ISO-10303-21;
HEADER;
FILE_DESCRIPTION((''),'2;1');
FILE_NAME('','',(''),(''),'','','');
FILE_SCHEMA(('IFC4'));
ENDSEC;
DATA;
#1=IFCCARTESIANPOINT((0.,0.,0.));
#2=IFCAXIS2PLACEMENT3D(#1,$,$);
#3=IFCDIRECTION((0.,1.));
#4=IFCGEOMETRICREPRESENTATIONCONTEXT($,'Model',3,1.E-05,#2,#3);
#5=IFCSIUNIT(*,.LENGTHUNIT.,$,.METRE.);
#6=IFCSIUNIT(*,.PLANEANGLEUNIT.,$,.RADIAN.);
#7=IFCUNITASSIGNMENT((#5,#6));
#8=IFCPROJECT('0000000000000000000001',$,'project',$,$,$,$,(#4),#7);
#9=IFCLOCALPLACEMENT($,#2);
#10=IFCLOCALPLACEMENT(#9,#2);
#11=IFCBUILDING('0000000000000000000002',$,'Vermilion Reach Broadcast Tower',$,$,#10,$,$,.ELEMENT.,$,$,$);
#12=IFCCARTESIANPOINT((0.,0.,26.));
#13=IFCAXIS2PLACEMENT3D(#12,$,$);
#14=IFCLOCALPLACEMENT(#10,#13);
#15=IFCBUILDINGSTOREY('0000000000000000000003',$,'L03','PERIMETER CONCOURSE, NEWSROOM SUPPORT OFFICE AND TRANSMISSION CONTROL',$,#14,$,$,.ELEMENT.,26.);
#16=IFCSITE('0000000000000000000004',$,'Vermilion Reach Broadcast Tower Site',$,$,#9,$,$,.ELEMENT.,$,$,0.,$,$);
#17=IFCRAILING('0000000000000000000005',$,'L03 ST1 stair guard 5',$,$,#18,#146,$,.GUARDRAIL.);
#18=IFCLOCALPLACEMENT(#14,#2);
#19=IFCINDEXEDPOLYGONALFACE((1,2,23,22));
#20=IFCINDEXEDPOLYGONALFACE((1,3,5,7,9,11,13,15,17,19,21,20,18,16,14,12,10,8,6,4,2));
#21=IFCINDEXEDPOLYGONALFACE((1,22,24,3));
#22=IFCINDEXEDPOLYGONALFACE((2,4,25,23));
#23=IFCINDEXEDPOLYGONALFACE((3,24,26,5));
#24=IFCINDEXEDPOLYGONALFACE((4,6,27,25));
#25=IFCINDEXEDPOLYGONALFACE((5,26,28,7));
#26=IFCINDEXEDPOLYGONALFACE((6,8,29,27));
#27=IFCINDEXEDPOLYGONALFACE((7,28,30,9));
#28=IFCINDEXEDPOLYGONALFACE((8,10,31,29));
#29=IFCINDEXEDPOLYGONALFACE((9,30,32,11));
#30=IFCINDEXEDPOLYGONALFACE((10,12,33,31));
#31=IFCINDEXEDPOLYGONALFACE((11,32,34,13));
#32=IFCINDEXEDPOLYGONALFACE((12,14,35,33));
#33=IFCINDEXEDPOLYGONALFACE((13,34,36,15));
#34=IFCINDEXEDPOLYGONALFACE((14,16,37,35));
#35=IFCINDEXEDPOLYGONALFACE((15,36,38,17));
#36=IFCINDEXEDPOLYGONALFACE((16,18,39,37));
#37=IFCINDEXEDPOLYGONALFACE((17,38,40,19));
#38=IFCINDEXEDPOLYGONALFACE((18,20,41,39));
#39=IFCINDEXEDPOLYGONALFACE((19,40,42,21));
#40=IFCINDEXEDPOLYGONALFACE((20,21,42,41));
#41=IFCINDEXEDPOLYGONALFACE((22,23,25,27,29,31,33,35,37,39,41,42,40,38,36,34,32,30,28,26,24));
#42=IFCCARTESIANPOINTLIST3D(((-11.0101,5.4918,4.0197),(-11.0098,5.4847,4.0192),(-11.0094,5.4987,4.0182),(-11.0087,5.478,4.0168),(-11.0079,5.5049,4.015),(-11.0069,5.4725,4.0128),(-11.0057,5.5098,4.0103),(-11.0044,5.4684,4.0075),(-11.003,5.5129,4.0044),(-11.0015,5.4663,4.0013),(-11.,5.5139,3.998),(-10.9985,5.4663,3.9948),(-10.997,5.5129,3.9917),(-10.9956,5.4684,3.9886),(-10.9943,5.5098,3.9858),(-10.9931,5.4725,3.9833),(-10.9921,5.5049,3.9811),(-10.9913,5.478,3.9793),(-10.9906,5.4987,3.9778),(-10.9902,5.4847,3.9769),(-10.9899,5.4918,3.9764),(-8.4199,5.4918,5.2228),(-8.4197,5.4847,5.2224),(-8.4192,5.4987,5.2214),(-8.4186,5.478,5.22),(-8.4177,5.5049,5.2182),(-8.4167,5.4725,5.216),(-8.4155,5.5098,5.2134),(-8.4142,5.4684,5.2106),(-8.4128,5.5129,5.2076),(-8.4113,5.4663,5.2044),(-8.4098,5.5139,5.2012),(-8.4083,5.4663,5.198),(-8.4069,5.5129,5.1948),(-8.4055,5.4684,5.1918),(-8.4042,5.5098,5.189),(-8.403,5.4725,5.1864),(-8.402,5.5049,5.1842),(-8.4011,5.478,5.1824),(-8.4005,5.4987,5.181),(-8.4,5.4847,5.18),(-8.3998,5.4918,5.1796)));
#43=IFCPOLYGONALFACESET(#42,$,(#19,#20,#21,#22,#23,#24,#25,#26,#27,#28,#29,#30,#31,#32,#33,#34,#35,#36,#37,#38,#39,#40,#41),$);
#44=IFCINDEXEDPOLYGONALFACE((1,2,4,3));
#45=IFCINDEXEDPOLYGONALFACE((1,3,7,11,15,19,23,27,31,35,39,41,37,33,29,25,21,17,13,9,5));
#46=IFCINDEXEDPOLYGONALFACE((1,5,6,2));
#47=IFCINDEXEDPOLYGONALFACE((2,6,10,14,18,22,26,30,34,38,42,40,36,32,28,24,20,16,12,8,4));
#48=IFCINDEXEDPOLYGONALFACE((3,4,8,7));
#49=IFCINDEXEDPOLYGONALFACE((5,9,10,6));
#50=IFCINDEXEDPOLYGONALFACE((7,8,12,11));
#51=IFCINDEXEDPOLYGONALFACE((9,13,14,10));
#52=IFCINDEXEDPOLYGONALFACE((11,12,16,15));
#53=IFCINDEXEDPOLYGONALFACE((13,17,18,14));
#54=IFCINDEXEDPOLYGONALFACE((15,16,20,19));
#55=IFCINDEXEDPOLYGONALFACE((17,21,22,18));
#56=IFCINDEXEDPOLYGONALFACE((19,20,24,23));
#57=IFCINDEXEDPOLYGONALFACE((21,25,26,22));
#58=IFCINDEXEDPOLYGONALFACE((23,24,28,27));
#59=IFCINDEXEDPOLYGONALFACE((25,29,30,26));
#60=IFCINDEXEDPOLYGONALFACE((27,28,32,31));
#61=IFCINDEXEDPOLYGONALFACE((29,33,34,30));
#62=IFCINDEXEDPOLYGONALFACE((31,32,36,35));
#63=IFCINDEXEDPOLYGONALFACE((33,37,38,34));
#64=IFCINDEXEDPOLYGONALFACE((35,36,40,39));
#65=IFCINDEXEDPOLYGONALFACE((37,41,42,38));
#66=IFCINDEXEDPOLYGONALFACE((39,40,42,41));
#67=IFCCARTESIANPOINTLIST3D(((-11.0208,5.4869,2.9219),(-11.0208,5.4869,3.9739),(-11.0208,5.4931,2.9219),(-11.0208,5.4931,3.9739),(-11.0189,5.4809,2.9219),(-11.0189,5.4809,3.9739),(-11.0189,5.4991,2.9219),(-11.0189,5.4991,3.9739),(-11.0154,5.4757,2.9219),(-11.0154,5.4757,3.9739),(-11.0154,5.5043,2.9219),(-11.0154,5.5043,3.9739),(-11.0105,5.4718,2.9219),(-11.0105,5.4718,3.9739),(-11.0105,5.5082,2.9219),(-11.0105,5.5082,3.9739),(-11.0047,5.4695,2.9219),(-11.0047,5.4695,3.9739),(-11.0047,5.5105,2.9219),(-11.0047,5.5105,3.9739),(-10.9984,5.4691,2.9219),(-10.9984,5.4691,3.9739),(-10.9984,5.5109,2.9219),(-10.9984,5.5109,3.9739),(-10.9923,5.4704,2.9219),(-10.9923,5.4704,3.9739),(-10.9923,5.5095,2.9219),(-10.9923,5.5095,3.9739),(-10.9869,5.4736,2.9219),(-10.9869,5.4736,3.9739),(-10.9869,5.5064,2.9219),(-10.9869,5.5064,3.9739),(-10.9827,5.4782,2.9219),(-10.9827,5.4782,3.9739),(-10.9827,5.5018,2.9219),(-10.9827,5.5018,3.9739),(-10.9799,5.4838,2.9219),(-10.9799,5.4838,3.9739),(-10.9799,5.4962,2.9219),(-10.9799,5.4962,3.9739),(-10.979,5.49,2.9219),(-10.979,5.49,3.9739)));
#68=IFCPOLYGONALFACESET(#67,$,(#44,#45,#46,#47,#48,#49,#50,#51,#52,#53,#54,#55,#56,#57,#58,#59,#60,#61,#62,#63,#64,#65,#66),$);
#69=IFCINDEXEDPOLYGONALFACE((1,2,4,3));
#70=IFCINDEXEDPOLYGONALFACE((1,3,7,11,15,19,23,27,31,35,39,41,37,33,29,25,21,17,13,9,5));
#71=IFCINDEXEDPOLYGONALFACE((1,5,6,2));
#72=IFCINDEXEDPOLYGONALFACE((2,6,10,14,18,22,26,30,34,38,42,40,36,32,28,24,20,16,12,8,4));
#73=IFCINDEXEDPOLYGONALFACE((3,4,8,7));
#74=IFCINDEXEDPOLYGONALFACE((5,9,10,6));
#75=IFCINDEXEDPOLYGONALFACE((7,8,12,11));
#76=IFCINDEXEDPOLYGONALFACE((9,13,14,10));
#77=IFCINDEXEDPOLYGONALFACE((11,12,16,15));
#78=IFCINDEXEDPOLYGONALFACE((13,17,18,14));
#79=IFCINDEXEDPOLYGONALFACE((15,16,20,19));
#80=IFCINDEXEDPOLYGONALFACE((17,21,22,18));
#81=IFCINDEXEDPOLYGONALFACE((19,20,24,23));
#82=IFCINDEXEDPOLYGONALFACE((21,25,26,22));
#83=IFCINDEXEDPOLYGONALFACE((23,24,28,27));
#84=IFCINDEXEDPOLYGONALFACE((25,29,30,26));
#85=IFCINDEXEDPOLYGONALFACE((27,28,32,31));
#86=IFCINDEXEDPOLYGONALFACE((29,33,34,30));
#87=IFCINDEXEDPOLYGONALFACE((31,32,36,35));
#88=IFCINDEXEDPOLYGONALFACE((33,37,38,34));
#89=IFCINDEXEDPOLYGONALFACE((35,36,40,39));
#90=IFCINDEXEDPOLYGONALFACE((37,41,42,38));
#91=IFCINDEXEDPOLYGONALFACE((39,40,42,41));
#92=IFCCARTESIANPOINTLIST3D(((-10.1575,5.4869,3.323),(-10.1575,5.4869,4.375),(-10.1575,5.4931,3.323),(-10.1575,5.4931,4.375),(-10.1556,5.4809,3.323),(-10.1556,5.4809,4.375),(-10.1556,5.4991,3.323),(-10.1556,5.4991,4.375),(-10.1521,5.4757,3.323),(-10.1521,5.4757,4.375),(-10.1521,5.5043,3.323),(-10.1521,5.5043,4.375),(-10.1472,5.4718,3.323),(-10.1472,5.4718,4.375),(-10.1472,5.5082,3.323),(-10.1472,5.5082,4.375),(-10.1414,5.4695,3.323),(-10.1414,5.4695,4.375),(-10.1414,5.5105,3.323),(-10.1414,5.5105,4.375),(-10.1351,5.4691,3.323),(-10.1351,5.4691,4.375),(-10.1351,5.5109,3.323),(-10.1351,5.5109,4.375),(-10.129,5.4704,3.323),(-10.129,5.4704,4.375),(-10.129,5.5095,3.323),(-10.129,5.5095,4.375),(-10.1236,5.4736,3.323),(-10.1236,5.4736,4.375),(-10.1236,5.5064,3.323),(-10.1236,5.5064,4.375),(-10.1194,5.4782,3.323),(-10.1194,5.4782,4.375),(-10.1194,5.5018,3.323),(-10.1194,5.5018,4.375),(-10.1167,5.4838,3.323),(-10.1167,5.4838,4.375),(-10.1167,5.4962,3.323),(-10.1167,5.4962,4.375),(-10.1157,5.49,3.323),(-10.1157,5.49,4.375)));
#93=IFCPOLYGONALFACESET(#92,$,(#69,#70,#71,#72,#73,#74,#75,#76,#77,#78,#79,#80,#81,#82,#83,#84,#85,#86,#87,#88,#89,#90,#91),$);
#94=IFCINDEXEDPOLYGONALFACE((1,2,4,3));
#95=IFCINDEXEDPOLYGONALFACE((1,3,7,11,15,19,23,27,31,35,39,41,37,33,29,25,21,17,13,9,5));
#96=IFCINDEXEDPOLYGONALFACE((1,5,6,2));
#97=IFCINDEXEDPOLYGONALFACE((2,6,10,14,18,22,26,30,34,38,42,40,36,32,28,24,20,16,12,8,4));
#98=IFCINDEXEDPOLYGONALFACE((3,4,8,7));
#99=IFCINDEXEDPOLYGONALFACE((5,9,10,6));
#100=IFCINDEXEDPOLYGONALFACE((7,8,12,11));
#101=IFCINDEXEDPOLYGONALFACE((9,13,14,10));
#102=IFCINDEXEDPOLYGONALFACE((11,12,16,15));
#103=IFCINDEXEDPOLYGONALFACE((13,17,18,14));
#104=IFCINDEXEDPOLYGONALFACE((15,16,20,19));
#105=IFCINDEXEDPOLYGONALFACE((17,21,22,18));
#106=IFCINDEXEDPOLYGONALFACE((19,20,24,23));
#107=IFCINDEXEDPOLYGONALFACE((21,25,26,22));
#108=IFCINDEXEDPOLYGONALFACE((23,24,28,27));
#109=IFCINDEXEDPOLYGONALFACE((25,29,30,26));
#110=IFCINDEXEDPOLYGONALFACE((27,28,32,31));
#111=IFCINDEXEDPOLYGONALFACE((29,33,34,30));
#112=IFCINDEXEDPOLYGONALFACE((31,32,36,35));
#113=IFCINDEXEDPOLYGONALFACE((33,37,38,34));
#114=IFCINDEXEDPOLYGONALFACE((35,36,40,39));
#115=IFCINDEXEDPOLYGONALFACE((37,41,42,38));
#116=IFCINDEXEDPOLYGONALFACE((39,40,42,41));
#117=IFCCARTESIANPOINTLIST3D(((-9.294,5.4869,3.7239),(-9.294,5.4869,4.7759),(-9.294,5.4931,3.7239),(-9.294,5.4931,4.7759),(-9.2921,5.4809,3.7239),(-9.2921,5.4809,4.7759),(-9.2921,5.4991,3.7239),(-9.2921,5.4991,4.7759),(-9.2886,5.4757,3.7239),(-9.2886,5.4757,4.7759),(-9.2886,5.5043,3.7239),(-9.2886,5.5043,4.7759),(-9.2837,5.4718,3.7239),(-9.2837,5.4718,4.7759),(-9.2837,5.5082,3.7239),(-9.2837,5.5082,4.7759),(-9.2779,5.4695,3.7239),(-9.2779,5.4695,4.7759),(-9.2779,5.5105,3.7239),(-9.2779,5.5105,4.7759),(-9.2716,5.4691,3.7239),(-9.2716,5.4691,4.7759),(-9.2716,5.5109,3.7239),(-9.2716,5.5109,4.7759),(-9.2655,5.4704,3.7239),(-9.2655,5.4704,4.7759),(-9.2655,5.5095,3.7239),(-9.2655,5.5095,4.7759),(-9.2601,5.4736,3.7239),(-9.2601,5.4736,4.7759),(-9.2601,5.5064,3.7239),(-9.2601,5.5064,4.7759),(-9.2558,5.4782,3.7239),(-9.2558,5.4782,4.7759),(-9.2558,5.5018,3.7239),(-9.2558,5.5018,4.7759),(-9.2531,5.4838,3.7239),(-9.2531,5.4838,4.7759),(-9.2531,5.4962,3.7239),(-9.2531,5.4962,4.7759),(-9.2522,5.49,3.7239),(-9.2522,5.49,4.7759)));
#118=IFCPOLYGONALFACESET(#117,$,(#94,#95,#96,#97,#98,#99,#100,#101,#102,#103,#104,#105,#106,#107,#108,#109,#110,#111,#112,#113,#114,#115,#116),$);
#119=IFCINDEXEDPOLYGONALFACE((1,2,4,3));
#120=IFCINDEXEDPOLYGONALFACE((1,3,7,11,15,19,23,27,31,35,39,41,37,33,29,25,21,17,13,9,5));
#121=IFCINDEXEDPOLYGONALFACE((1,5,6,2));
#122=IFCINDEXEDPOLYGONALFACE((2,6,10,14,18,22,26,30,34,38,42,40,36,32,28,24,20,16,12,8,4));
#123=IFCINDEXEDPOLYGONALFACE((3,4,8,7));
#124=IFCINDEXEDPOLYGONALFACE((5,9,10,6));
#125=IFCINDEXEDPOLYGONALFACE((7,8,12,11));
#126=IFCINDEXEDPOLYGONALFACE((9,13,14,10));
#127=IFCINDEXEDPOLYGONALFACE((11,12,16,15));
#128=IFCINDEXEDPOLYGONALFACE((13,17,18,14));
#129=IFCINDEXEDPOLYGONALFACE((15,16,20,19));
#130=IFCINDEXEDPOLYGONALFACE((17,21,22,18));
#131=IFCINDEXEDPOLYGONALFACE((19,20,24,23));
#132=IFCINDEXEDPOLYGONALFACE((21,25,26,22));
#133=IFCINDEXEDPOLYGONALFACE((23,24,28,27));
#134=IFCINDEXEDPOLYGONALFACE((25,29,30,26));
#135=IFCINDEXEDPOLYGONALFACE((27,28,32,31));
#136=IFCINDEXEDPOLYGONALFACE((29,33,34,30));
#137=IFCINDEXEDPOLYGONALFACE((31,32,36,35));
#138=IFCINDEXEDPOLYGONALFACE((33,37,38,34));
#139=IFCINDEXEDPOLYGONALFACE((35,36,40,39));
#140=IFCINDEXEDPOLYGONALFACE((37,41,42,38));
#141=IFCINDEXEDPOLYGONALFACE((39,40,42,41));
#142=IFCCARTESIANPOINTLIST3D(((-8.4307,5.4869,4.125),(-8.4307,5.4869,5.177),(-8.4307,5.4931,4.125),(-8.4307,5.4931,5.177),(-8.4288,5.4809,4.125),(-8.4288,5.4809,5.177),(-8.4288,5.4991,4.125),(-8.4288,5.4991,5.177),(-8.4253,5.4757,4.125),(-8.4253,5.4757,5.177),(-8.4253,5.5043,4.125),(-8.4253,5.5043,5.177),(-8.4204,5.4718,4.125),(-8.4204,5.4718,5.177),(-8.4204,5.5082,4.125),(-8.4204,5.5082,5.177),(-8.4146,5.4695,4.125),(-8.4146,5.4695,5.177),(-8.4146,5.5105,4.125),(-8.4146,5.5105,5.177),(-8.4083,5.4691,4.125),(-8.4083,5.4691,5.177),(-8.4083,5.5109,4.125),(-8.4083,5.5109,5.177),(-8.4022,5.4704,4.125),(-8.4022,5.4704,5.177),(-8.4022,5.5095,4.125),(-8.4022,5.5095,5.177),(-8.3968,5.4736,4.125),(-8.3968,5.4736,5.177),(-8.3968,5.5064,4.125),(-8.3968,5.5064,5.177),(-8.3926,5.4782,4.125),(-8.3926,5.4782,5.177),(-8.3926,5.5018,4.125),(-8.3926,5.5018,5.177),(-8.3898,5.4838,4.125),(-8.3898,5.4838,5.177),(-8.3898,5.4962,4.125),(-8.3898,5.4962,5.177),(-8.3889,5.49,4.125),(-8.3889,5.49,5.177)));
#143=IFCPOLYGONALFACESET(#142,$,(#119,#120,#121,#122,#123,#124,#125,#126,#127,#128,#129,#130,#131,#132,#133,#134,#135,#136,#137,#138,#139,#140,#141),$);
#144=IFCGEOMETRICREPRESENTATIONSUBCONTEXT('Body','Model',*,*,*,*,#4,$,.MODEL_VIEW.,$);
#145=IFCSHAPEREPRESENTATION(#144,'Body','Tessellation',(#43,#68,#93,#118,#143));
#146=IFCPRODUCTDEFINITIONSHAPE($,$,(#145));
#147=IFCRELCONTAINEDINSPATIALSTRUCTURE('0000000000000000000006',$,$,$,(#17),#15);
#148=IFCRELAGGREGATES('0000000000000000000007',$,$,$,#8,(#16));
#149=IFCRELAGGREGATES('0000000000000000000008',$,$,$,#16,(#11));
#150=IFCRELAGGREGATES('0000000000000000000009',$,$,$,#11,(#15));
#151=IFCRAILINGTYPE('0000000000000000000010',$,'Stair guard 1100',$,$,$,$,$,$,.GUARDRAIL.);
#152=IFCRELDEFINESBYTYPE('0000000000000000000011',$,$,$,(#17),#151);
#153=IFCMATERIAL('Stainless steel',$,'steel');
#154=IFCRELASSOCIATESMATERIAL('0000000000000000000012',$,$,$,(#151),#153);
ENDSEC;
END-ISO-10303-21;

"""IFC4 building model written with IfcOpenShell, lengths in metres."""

from ifc_helpers import new_model, si_unit, direction, frame, origin, origin_2d, place, context, subcontext, project, spatial, circle, extrude, material, type_object, element, save


model = new_model("IFC4")

# Units and contexts
model_context = context("Model", 3, precision=1e-05, world=origin(), true_north=direction((0.0, 1.0)))
body_context = subcontext(model_context, "Body", "Model", "MODEL_VIEW")
ifc_project = project(units=[si_unit("LENGTHUNIT", "METRE"), si_unit("PLANEANGLEUNIT", "RADIAN")], contexts=[model_context])

# Site, building, storey
site_placement = place(None, origin())
site = spatial("IfcSite", under=ifc_project, at=site_placement, Name="Vermilion Reach Broadcast Tower Site", CompositionType="ELEMENT", RefElevation=0.0)
building_placement = place(site_placement, origin())
building = spatial("IfcBuilding", under=site, at=building_placement, Name="Vermilion Reach Broadcast Tower", CompositionType="ELEMENT")
storey_placement = place(building_placement, frame((0.0, 0.0, 26.0)))
storey = spatial("IfcBuildingStorey", under=building, at=storey_placement, Name="L03", Description="PERIMETER CONCOURSE, NEWSROOM SUPPORT OFFICE AND TRANSMISSION CONTROL", CompositionType="ELEMENT", Elevation=26.0)

# Railing
ifc_material_1 = material(Name="Stainless steel", Category="steel")
railing_type_1 = type_object("IfcRailingType", Name="Stair guard 1100", PredefinedType="GUARDRAIL", material=ifc_material_1)
railing_1_placement = place(storey_placement, frame((-11.0, 5.49, 2.9219)))
element("IfcRailing", 1, at=railing_1_placement, inside=storey, type_object=railing_type_1, Name="L03 ST1 stair guard 5", PredefinedType="GUARDRAIL", context=body_context, shape_type="SweptSolid", body=[
    extrude(circle(Radius=0.0239, at=origin_2d()), frame((0.0, 0.0, 1.0762), z_axis=(0.906931, 0.0, 0.42128), x_axis=(0.0, 1.0, 0.0)), (0.0, 0.0, 1.0), 2.856),
    extrude(circle(Radius=0.021, at=origin_2d()), origin(), (0.0, 0.0, 1.0), 1.052),
    extrude(circle(Radius=0.021, at=origin_2d()), frame((0.8633, 0.0, 0.4011)), (0.0, 0.0, 1.0), 1.052),
    extrude(circle(Radius=0.021, at=origin_2d()), frame((1.7268, 0.0, 0.802)), (0.0, 0.0, 1.0), 1.052),
    extrude(circle(Radius=0.021, at=origin_2d()), frame((2.5901, 0.0, 1.2031)), (0.0, 0.0, 1.0), 1.052),
])

save(model, "model.ifc")
